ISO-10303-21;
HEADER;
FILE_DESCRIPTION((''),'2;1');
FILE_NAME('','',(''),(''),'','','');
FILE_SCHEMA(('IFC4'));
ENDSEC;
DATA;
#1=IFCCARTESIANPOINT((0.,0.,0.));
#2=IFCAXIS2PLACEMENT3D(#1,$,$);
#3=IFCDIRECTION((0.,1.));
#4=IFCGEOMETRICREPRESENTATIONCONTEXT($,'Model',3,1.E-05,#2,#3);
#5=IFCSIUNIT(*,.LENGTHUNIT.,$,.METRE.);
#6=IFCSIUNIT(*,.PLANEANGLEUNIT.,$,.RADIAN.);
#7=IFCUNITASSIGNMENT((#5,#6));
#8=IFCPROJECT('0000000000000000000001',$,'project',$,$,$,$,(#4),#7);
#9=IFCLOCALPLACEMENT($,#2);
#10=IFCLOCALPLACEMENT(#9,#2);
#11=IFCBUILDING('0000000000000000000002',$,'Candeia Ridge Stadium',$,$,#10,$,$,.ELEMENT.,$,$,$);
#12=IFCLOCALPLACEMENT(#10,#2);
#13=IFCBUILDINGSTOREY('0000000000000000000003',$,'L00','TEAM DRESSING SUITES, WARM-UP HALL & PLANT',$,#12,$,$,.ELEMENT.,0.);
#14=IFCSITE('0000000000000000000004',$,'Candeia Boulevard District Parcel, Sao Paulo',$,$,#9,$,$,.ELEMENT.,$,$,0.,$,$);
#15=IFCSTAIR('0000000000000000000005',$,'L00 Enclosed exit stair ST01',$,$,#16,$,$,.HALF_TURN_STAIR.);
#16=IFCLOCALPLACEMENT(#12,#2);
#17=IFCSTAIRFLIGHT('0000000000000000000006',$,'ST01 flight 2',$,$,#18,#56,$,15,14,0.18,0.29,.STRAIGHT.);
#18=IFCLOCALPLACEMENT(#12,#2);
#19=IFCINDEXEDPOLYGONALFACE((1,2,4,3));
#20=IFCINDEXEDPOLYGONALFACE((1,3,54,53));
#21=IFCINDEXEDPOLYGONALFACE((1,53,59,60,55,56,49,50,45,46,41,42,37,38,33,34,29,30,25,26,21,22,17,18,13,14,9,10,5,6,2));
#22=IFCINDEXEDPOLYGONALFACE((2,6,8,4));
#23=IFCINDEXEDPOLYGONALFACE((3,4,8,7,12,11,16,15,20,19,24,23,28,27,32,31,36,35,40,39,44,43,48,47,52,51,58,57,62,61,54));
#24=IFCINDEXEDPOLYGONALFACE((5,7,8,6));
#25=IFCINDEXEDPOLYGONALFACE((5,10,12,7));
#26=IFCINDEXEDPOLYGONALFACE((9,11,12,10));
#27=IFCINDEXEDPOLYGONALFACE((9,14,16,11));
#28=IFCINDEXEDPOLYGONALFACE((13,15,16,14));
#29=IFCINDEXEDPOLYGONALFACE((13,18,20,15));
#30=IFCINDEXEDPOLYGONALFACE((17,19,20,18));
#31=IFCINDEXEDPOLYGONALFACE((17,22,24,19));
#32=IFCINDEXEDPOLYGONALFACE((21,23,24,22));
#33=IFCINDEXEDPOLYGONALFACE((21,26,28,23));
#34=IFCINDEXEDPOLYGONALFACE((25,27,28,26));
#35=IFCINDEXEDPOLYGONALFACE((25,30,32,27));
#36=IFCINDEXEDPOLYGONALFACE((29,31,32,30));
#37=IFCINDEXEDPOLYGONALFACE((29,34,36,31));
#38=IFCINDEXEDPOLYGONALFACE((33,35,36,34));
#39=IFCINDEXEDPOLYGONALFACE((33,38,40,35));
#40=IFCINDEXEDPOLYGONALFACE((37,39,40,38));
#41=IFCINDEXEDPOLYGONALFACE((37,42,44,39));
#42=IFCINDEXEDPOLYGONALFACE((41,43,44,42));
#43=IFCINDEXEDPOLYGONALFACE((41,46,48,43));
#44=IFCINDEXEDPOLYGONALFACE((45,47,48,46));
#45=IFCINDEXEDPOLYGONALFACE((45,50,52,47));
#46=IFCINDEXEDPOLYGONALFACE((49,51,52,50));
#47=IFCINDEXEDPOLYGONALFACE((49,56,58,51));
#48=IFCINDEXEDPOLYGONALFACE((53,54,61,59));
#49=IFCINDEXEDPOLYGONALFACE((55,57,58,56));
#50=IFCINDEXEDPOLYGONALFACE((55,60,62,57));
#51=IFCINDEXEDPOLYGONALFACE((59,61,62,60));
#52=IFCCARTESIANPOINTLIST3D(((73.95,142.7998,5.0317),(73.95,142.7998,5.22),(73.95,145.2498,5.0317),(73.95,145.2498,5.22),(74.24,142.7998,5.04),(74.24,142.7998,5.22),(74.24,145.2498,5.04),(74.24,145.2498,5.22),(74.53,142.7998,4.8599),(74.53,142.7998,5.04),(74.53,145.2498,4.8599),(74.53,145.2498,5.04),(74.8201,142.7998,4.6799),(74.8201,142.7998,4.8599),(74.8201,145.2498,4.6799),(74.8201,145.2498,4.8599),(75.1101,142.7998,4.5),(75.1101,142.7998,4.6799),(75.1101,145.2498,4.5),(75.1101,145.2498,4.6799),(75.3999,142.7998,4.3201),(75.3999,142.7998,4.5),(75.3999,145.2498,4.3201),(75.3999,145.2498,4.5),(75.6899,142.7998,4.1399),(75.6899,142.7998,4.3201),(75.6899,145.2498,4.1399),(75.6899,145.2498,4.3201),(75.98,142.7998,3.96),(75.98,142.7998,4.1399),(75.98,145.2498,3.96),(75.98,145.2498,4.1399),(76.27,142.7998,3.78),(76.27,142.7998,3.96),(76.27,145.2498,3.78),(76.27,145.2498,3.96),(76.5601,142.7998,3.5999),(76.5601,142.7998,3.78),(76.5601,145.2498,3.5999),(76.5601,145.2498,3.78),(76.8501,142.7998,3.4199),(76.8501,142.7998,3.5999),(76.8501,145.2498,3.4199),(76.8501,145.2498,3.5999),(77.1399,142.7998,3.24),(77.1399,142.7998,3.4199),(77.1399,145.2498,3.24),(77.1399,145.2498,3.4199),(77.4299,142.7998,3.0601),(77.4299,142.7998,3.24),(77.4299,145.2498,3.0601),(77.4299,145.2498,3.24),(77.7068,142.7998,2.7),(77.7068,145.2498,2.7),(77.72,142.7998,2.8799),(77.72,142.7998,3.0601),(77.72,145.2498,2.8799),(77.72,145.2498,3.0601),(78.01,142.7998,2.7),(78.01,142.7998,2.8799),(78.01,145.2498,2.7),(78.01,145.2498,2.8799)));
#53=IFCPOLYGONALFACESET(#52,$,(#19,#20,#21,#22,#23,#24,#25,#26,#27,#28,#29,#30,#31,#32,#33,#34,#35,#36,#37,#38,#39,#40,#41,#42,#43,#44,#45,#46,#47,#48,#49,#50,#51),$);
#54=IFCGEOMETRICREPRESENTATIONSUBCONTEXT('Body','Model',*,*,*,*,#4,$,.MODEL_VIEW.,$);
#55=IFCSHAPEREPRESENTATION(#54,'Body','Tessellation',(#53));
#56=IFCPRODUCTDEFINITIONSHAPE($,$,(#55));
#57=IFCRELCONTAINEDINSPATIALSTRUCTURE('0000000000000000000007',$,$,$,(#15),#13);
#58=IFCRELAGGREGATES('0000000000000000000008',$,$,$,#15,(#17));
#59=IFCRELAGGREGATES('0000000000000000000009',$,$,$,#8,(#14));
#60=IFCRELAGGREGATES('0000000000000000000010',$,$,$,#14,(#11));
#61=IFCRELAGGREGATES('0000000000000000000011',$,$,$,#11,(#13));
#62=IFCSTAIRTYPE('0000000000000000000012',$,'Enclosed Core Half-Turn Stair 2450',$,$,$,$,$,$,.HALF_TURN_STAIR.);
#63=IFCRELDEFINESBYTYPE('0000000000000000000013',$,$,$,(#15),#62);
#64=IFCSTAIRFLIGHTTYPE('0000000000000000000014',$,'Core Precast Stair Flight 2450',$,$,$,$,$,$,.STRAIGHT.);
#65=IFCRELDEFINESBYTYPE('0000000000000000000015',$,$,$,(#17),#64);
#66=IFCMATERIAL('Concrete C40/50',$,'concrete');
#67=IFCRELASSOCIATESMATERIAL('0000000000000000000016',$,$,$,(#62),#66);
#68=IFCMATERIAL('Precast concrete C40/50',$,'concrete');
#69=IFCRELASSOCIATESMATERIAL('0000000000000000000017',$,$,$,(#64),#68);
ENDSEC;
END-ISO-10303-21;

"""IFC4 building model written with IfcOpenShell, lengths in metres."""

from ifc_helpers import new_model, si_unit, direction, frame, origin, place, context, subcontext, project, spatial, polyline, outline, extrude, material, type_object, element, aggregate, save


model = new_model("IFC4")

# Units and contexts
model_context = context("Model", 3, precision=1e-05, world=origin(), true_north=direction((0.0, 1.0)))
body_context = subcontext(model_context, "Body", "Model", "MODEL_VIEW")
ifc_project = project(units=[si_unit("LENGTHUNIT", "METRE"), si_unit("PLANEANGLEUNIT", "RADIAN")], contexts=[model_context])

# Site, building, storey
site_placement = place(None, origin())
site = spatial("IfcSite", under=ifc_project, at=site_placement, Name="Candeia Boulevard District Parcel, Sao Paulo", CompositionType="ELEMENT", RefElevation=0.0)
building_placement = place(site_placement, origin())
building = spatial("IfcBuilding", under=site, at=building_placement, Name="Candeia Ridge Stadium", CompositionType="ELEMENT")
storey_placement = place(building_placement, origin())
storey = spatial("IfcBuildingStorey", under=building, at=storey_placement, Name="L00", Description="TEAM DRESSING SUITES, WARM-UP HALL & PLANT", CompositionType="ELEMENT", Elevation=0.0)

# Shared definitions
ifc_material_1 = material(Name="Concrete C40/50", Category="concrete")

# Stair, stair flight
stair_type = type_object("IfcStairType", Name="Enclosed Core Half-Turn Stair 2450", PredefinedType="HALF_TURN_STAIR", material=ifc_material_1)
stair_placement = place(storey_placement, origin())
stair = element("IfcStair", 1, at=stair_placement, inside=storey, type_object=stair_type, Name="L00 Enclosed exit stair ST01", PredefinedType="HALF_TURN_STAIR")
ifc_material_2 = material(Name="Precast concrete C40/50", Category="concrete")
stair_flight_type = type_object("IfcStairFlightType", Name="Core Precast Stair Flight 2450", PredefinedType="STRAIGHT", material=ifc_material_2)
stair_flight_1_placement = place(storey_placement, frame((78.01, 144.0249, 2.7), z_axis=(0.0, 0.0, 1.0), x_axis=(-1.0, 0.0, 0.0)))
stair_flight_1 = element("IfcStairFlight", 2, at=stair_flight_1_placement, type_object=stair_flight_type, Name="ST01 flight 2", NumberOfRisers=15, NumberOfTreads=14, PredefinedType="STRAIGHT", RiserHeight=0.18, TreadLength=0.29, context=body_context, shape_type="SweptSolid", body=[
    extrude(outline(polyline([(0.0, 0.0), (0.0, 0.1799), (0.29, 0.1799), (0.29, 0.3601), (0.5801, 0.3601), (0.5801, 0.54), (0.8701, 0.54), (0.8701, 0.72), (1.1599, 0.72), (1.1599, 0.8999), (1.45, 0.8999), (1.45, 1.0801), (1.74, 1.0801), (1.74, 1.26), (2.03, 1.26), (2.03, 1.4399), (2.3201, 1.4399), (2.3201, 1.6201), (2.6101, 1.6201), (2.6101, 1.8), (2.8999, 1.8), (2.8999, 1.98), (3.1899, 1.98), (3.1899, 2.1599), (3.48, 2.1599), (3.48, 2.3401), (3.77, 2.3401), (3.77, 2.52), (4.0601, 2.52), (4.0601, 2.7), (4.0601, 2.3318), (0.3032, 0.0), (0.0, 0.0)])), frame((0.0, 1.2251, 0.0), z_axis=(0.0, -1.0, 0.0), x_axis=(1.0, 0.0, 0.0)), (0.0, 0.0, 1.0), 2.45),
])
aggregate(stair, [stair_flight_1])

save(model, "model.ifc")
